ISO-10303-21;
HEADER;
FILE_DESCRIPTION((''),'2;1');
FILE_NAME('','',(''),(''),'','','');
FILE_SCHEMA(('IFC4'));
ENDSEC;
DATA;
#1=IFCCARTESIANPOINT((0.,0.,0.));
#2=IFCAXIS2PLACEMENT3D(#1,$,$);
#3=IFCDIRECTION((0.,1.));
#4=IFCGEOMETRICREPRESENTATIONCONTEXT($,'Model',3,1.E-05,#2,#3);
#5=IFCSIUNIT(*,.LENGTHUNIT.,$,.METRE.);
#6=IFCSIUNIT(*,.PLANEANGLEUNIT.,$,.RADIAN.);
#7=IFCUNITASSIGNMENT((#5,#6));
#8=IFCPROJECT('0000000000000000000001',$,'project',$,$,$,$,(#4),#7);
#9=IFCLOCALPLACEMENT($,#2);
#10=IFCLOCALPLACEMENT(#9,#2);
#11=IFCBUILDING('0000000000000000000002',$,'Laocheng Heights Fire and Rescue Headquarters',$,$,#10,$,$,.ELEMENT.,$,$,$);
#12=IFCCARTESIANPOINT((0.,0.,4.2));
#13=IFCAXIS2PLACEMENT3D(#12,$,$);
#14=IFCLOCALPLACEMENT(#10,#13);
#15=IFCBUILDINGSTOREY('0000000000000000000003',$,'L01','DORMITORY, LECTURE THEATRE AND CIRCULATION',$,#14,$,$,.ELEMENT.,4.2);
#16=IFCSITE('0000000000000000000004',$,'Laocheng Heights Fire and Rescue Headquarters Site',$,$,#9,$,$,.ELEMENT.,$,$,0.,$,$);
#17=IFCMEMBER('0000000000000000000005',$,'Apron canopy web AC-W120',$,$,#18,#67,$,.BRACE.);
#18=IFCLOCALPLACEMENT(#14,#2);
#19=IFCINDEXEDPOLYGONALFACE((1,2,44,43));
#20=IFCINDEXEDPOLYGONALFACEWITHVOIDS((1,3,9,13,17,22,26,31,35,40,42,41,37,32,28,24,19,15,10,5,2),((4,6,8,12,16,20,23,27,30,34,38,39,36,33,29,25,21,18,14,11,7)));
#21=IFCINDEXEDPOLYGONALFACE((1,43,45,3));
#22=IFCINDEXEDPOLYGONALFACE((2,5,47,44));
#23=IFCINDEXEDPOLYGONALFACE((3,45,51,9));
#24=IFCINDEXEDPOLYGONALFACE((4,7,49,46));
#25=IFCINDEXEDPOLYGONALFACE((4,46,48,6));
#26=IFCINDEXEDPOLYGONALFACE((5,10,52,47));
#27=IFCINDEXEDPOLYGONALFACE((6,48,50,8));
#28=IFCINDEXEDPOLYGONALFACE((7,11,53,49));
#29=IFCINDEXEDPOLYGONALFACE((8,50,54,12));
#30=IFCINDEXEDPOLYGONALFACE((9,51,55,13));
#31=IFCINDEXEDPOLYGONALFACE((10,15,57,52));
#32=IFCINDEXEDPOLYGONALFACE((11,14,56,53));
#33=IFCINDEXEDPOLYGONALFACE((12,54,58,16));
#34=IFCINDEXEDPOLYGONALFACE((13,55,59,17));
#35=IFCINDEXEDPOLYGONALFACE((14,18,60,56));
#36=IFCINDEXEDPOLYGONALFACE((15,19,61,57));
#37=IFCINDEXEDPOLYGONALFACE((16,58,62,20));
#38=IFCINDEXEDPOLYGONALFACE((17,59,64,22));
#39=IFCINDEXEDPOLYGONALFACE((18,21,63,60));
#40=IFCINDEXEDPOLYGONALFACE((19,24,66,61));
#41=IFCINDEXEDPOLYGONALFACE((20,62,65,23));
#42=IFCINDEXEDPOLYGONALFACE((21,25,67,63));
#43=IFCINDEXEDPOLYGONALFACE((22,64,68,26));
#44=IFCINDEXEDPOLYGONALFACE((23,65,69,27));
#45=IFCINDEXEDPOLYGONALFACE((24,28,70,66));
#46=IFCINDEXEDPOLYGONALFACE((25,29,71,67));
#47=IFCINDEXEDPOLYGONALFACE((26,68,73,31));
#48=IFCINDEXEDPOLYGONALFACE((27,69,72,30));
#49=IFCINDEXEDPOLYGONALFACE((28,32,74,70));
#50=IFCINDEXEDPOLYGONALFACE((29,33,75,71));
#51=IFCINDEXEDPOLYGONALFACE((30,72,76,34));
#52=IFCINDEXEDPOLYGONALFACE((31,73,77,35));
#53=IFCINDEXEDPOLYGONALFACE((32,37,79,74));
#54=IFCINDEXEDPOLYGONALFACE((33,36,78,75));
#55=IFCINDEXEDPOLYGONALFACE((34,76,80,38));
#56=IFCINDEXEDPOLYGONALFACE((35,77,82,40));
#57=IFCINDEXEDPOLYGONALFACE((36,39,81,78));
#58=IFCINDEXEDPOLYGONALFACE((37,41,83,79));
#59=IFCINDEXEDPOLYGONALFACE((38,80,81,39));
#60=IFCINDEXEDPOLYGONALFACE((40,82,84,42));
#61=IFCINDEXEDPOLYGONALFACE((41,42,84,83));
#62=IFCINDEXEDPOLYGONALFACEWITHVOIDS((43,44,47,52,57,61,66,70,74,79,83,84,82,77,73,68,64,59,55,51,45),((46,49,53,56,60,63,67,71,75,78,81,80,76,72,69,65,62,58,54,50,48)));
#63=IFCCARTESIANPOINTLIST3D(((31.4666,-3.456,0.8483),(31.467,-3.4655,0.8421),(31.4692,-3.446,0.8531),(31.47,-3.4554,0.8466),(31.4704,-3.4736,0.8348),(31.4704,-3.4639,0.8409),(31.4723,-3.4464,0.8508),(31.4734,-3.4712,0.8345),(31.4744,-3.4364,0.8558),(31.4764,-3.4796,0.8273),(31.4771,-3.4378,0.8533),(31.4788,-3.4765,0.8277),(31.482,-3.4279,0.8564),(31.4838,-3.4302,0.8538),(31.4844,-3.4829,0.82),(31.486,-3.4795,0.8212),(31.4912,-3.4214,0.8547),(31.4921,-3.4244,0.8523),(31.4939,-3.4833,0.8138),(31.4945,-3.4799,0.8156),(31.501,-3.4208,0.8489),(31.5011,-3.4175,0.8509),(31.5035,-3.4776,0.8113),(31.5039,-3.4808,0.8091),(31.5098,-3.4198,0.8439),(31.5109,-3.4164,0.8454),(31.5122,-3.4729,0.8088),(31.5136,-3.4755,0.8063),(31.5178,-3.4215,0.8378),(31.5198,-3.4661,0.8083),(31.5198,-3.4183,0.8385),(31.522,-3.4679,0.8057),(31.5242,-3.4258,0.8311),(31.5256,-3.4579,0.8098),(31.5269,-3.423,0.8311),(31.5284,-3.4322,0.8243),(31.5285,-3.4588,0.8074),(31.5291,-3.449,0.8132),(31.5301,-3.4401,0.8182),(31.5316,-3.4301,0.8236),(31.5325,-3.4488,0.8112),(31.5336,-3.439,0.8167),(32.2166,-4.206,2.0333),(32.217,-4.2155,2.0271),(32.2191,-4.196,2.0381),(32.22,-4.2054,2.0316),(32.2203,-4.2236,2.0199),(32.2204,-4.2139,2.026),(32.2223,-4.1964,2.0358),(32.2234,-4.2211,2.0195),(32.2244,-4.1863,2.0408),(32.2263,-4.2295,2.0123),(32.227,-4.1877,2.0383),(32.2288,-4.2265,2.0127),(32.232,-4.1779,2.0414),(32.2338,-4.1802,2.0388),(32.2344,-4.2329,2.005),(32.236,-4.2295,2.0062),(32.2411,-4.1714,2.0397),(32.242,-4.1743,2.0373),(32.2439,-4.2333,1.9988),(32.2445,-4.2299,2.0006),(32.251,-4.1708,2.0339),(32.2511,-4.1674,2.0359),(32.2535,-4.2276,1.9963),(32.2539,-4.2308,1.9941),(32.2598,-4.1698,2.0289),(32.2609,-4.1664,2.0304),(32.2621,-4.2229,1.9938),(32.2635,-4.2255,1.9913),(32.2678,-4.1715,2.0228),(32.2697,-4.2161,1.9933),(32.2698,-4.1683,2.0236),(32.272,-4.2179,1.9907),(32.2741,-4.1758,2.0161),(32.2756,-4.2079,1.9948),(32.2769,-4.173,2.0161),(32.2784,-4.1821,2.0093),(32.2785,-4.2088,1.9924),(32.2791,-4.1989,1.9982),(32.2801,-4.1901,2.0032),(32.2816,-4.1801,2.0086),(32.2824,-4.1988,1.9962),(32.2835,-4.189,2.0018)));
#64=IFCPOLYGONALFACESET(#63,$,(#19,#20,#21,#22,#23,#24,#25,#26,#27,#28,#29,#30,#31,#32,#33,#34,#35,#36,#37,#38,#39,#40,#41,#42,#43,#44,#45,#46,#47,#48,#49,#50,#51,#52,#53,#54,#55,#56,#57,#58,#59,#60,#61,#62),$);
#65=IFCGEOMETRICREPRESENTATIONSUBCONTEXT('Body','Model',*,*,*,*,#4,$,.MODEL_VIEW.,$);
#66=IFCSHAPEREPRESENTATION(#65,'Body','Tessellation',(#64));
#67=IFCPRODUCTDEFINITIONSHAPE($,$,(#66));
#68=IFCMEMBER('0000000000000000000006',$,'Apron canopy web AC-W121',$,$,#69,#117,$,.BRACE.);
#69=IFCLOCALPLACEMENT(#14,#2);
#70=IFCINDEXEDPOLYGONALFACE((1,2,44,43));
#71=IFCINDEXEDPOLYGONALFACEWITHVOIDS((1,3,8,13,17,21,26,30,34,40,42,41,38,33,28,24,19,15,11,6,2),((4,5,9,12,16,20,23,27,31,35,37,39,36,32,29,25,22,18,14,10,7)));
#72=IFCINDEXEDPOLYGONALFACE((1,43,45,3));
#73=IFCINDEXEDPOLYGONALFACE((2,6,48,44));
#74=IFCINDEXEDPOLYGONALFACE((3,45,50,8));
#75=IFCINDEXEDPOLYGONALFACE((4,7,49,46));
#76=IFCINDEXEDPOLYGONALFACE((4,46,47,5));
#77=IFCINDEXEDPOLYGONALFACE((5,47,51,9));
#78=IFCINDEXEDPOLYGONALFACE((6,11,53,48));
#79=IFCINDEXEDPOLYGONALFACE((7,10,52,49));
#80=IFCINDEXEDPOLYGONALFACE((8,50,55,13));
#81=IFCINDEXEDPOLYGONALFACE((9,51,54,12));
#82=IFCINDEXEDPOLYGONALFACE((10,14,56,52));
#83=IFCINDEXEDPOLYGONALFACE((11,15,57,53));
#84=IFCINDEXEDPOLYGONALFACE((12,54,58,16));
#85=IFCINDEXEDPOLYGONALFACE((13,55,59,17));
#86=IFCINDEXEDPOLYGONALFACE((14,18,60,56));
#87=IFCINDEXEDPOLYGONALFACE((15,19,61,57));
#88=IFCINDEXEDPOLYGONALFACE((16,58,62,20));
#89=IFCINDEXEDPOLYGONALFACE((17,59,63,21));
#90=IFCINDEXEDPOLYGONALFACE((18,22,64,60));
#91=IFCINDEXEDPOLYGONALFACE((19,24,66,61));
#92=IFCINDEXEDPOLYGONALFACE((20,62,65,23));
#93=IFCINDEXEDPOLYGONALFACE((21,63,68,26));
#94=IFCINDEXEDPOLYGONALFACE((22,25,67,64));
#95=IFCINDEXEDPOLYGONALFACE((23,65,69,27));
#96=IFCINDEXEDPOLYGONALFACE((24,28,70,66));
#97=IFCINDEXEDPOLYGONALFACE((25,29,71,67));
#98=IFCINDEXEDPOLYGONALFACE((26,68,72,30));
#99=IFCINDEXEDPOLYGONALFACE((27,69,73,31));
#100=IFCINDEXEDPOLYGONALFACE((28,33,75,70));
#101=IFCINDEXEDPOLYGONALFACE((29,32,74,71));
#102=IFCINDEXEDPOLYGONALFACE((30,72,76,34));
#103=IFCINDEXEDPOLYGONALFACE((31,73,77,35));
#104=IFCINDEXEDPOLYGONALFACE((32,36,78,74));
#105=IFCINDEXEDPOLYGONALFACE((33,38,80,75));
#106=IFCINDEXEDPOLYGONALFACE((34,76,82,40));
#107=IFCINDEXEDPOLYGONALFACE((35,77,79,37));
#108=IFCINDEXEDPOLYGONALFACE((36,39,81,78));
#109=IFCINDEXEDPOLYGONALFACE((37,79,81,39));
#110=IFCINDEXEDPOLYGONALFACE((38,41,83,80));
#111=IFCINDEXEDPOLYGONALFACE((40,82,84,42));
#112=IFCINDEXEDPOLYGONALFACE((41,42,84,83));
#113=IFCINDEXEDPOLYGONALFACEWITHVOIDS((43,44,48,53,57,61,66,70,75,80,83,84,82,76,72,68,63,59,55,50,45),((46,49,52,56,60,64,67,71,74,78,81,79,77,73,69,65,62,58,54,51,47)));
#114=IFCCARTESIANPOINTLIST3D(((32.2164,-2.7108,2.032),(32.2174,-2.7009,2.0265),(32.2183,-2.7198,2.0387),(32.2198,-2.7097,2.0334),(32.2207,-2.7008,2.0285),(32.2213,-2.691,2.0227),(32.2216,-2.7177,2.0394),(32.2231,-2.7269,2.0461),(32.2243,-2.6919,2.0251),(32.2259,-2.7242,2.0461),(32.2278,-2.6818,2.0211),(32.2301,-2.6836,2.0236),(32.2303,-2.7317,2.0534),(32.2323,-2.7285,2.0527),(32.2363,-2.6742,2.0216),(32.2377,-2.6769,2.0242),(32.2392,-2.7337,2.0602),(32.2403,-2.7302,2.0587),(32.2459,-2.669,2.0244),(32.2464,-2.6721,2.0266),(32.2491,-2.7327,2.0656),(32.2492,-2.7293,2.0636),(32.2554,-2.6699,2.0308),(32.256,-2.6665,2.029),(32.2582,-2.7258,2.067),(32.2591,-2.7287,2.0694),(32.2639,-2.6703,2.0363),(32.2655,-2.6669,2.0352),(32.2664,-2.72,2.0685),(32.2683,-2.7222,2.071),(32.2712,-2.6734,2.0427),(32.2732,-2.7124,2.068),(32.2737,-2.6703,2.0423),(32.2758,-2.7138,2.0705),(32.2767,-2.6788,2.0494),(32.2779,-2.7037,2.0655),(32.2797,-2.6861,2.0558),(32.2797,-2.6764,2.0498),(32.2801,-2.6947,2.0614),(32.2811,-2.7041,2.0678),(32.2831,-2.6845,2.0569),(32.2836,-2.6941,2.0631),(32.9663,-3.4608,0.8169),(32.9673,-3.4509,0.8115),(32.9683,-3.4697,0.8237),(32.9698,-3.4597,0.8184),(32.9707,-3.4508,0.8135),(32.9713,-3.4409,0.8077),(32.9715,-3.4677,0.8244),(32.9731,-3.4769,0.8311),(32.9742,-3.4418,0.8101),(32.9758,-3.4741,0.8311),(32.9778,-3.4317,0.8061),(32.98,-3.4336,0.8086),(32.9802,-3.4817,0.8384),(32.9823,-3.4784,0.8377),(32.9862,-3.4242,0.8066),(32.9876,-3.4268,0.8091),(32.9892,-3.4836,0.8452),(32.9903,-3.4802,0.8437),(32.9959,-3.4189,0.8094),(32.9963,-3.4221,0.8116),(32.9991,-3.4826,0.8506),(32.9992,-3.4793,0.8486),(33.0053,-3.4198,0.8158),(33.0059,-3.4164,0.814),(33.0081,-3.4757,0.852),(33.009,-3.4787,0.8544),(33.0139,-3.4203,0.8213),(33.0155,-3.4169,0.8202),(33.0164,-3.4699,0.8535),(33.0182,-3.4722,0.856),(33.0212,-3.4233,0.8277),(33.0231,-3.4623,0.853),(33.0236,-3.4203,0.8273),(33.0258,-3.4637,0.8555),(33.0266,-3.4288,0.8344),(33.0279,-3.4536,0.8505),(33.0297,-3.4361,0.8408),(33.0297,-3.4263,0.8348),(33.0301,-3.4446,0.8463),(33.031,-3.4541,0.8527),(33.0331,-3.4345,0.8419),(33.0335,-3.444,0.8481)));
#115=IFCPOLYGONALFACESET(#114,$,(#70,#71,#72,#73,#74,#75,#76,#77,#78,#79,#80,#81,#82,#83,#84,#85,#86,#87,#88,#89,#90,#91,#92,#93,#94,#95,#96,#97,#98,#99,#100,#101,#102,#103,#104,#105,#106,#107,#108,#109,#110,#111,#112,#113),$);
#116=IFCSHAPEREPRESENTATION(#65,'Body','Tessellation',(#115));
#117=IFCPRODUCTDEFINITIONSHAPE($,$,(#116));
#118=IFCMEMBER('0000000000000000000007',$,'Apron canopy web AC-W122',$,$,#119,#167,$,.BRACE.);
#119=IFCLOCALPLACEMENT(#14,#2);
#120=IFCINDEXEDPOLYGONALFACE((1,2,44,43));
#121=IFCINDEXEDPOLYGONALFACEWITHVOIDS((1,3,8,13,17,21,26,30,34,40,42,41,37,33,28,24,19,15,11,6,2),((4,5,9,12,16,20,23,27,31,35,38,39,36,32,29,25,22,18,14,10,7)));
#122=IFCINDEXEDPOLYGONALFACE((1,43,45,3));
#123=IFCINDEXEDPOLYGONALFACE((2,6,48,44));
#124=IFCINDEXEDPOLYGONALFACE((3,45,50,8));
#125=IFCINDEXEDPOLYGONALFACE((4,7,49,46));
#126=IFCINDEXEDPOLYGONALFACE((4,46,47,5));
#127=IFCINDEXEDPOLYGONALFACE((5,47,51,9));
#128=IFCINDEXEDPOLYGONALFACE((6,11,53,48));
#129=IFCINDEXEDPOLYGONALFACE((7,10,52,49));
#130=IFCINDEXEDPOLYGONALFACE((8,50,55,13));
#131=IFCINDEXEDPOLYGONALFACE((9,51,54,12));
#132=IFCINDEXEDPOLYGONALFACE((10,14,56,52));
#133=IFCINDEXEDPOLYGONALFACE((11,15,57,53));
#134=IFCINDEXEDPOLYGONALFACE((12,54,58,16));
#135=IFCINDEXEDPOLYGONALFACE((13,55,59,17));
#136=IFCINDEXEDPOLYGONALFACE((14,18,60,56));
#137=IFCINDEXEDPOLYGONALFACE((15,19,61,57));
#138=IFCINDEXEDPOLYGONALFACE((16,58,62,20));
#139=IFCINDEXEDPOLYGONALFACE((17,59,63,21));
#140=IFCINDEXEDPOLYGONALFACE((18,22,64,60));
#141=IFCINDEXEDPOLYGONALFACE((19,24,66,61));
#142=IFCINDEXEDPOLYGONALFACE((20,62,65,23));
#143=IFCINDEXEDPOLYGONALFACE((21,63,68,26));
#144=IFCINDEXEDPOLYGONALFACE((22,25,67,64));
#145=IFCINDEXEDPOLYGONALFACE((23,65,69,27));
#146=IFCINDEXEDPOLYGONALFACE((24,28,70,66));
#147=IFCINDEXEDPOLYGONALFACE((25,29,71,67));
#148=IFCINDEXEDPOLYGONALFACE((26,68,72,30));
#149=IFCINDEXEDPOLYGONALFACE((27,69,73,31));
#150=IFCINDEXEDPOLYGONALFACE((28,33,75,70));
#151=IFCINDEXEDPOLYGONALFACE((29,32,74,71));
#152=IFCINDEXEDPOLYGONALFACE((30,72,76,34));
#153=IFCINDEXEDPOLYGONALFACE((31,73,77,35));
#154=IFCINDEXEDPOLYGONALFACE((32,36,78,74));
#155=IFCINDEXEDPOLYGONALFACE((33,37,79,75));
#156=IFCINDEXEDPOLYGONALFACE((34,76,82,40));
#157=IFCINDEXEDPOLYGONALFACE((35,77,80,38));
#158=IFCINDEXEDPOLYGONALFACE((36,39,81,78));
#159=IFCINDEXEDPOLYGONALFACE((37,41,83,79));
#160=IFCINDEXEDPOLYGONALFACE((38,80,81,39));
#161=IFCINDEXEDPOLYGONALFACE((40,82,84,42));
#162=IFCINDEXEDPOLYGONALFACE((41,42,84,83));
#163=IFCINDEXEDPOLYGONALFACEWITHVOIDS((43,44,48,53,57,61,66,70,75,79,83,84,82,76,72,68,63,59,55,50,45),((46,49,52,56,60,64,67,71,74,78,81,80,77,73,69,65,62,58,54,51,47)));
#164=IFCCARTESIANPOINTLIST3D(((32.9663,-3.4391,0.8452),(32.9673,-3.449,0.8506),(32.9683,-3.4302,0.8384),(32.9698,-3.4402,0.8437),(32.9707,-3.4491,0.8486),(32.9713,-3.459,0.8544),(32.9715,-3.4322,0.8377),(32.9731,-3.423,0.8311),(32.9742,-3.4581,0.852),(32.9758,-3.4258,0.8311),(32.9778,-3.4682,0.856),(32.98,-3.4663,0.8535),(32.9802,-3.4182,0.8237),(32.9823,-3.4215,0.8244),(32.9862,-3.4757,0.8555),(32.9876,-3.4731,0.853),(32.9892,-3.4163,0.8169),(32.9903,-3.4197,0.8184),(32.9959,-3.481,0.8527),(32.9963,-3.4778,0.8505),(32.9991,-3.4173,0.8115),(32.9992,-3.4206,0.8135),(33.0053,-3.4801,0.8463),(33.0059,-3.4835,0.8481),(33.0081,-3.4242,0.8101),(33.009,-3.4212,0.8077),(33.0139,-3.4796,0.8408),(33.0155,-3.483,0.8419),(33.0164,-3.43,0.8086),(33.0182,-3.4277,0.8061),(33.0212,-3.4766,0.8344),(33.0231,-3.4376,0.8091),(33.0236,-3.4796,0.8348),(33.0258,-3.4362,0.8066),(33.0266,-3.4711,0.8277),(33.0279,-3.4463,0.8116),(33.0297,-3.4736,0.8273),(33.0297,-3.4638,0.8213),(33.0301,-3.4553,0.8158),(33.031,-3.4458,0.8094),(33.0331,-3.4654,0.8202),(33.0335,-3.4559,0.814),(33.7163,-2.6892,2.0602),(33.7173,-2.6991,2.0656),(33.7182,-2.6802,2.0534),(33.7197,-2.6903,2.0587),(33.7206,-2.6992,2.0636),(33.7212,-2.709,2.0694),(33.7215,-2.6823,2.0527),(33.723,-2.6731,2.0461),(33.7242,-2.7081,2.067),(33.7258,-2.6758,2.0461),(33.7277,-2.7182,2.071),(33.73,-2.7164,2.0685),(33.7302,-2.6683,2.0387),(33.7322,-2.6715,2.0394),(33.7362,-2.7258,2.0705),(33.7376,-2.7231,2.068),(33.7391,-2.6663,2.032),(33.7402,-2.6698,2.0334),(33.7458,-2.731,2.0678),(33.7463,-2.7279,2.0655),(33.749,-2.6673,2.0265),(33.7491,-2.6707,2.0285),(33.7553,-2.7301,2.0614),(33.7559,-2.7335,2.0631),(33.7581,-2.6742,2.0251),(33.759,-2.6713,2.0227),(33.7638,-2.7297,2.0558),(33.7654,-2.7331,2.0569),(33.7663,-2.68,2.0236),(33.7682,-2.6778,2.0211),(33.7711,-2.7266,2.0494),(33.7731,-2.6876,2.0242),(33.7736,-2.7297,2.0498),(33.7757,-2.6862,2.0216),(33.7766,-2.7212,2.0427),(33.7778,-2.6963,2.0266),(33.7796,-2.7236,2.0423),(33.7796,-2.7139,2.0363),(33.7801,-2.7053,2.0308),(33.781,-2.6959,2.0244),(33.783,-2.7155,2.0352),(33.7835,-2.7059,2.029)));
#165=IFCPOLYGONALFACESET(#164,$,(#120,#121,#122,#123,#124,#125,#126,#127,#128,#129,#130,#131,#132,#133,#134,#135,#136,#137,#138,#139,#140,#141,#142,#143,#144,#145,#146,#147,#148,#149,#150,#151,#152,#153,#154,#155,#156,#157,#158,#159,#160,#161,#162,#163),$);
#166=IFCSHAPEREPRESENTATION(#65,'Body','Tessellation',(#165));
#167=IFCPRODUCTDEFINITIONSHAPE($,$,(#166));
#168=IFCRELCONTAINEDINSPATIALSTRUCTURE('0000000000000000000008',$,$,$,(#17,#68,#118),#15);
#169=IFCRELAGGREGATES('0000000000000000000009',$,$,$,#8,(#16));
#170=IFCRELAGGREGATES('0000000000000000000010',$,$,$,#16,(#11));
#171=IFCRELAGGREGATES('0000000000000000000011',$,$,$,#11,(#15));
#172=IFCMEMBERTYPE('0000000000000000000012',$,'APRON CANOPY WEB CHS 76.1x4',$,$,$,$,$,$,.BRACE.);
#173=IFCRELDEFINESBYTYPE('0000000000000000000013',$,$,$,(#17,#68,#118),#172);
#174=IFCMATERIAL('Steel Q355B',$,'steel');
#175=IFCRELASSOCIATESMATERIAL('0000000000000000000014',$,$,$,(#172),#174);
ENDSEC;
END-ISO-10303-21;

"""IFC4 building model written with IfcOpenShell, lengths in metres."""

from ifc_helpers import new_model, si_unit, direction, frame, origin, origin_2d, place, context, subcontext, project, spatial, hollow_circle, extrude, material, material_profile, profile_set, type_object, element, save


model = new_model("IFC4")

# Units and contexts
model_context = context("Model", 3, precision=1e-05, world=origin(), true_north=direction((0.0, 1.0)))
body_context = subcontext(model_context, "Body", "Model", "MODEL_VIEW")
ifc_project = project(units=[si_unit("LENGTHUNIT", "METRE"), si_unit("PLANEANGLEUNIT", "RADIAN")], contexts=[model_context])

# Site, building, storey
site_placement = place(None, origin())
site = spatial("IfcSite", under=ifc_project, at=site_placement, Name="Laocheng Heights Fire and Rescue Headquarters Site", CompositionType="ELEMENT", RefElevation=0.0)
building_placement = place(site_placement, origin())
building = spatial("IfcBuilding", under=site, at=building_placement, Name="Laocheng Heights Fire and Rescue Headquarters", CompositionType="ELEMENT")
storey_placement = place(building_placement, frame((0.0, 0.0, 4.2)))
storey = spatial("IfcBuildingStorey", under=building, at=storey_placement, Name="L01", Description="DORMITORY, LECTURE THEATRE AND CIRCULATION", CompositionType="ELEMENT", Elevation=4.2)

# Members
ifc_material_1 = material(Name="Steel Q355B", Category="steel")
ifc_material_profile_1 = material_profile(ifc_material_1, hollow_circle(Radius=0.0381, WallThickness=0.0039, at=origin_2d()), Name="CHS 76.1x4")
ifc_profile_set_1 = profile_set([ifc_material_profile_1], Name="Steel Q355B")
member_type_1 = type_object("IfcMemberType", Name="APRON CANOPY WEB CHS 76.1x4", PredefinedType="BRACE", material=ifc_profile_set_1)
for number, where, z_axis, x_axis, name in (
    (1, (31.5, -3.45, 0.8311), (0.47158, -0.47158, 0.745134), (0.707107, 0.707107, 0.0), "Apron canopy web AC-W120"),
):
    element("IfcMember", number, at=place(storey_placement, frame(where, z_axis=z_axis, x_axis=x_axis)), inside=storey, type_object=member_type_1, Name=name, PredefinedType="BRACE", context=body_context, shape_type="SweptSolid", body=[
        extrude(hollow_circle(Radius=0.0381, WallThickness=0.0039, at=origin_2d()), origin(), (0.0, 0.0, 1.0), 1.5903),
    ])
for number, where, z_axis, x_axis, name in (
    (2, (33.0, -3.45, 0.8311), (-0.465002, 0.465002, 0.753357), (-0.707107, -0.707107, 0.0), "Apron canopy web AC-W121"),
    (3, (33.0, -3.45, 0.8311), (0.465002, 0.465002, 0.753357), (-0.707107, 0.707107, 0.0), "Apron canopy web AC-W122"),
):
    element("IfcMember", number, at=place(storey_placement, frame(where, z_axis=z_axis, x_axis=x_axis)), inside=storey, type_object=member_type_1, Name=name, PredefinedType="BRACE", context=body_context, shape_type="SweptSolid", body=[
        extrude(hollow_circle(Radius=0.0381, WallThickness=0.0039, at=origin_2d()), origin(), (0.0, 0.0, 1.0), 1.6128),
    ])

save(model, "model.ifc")
